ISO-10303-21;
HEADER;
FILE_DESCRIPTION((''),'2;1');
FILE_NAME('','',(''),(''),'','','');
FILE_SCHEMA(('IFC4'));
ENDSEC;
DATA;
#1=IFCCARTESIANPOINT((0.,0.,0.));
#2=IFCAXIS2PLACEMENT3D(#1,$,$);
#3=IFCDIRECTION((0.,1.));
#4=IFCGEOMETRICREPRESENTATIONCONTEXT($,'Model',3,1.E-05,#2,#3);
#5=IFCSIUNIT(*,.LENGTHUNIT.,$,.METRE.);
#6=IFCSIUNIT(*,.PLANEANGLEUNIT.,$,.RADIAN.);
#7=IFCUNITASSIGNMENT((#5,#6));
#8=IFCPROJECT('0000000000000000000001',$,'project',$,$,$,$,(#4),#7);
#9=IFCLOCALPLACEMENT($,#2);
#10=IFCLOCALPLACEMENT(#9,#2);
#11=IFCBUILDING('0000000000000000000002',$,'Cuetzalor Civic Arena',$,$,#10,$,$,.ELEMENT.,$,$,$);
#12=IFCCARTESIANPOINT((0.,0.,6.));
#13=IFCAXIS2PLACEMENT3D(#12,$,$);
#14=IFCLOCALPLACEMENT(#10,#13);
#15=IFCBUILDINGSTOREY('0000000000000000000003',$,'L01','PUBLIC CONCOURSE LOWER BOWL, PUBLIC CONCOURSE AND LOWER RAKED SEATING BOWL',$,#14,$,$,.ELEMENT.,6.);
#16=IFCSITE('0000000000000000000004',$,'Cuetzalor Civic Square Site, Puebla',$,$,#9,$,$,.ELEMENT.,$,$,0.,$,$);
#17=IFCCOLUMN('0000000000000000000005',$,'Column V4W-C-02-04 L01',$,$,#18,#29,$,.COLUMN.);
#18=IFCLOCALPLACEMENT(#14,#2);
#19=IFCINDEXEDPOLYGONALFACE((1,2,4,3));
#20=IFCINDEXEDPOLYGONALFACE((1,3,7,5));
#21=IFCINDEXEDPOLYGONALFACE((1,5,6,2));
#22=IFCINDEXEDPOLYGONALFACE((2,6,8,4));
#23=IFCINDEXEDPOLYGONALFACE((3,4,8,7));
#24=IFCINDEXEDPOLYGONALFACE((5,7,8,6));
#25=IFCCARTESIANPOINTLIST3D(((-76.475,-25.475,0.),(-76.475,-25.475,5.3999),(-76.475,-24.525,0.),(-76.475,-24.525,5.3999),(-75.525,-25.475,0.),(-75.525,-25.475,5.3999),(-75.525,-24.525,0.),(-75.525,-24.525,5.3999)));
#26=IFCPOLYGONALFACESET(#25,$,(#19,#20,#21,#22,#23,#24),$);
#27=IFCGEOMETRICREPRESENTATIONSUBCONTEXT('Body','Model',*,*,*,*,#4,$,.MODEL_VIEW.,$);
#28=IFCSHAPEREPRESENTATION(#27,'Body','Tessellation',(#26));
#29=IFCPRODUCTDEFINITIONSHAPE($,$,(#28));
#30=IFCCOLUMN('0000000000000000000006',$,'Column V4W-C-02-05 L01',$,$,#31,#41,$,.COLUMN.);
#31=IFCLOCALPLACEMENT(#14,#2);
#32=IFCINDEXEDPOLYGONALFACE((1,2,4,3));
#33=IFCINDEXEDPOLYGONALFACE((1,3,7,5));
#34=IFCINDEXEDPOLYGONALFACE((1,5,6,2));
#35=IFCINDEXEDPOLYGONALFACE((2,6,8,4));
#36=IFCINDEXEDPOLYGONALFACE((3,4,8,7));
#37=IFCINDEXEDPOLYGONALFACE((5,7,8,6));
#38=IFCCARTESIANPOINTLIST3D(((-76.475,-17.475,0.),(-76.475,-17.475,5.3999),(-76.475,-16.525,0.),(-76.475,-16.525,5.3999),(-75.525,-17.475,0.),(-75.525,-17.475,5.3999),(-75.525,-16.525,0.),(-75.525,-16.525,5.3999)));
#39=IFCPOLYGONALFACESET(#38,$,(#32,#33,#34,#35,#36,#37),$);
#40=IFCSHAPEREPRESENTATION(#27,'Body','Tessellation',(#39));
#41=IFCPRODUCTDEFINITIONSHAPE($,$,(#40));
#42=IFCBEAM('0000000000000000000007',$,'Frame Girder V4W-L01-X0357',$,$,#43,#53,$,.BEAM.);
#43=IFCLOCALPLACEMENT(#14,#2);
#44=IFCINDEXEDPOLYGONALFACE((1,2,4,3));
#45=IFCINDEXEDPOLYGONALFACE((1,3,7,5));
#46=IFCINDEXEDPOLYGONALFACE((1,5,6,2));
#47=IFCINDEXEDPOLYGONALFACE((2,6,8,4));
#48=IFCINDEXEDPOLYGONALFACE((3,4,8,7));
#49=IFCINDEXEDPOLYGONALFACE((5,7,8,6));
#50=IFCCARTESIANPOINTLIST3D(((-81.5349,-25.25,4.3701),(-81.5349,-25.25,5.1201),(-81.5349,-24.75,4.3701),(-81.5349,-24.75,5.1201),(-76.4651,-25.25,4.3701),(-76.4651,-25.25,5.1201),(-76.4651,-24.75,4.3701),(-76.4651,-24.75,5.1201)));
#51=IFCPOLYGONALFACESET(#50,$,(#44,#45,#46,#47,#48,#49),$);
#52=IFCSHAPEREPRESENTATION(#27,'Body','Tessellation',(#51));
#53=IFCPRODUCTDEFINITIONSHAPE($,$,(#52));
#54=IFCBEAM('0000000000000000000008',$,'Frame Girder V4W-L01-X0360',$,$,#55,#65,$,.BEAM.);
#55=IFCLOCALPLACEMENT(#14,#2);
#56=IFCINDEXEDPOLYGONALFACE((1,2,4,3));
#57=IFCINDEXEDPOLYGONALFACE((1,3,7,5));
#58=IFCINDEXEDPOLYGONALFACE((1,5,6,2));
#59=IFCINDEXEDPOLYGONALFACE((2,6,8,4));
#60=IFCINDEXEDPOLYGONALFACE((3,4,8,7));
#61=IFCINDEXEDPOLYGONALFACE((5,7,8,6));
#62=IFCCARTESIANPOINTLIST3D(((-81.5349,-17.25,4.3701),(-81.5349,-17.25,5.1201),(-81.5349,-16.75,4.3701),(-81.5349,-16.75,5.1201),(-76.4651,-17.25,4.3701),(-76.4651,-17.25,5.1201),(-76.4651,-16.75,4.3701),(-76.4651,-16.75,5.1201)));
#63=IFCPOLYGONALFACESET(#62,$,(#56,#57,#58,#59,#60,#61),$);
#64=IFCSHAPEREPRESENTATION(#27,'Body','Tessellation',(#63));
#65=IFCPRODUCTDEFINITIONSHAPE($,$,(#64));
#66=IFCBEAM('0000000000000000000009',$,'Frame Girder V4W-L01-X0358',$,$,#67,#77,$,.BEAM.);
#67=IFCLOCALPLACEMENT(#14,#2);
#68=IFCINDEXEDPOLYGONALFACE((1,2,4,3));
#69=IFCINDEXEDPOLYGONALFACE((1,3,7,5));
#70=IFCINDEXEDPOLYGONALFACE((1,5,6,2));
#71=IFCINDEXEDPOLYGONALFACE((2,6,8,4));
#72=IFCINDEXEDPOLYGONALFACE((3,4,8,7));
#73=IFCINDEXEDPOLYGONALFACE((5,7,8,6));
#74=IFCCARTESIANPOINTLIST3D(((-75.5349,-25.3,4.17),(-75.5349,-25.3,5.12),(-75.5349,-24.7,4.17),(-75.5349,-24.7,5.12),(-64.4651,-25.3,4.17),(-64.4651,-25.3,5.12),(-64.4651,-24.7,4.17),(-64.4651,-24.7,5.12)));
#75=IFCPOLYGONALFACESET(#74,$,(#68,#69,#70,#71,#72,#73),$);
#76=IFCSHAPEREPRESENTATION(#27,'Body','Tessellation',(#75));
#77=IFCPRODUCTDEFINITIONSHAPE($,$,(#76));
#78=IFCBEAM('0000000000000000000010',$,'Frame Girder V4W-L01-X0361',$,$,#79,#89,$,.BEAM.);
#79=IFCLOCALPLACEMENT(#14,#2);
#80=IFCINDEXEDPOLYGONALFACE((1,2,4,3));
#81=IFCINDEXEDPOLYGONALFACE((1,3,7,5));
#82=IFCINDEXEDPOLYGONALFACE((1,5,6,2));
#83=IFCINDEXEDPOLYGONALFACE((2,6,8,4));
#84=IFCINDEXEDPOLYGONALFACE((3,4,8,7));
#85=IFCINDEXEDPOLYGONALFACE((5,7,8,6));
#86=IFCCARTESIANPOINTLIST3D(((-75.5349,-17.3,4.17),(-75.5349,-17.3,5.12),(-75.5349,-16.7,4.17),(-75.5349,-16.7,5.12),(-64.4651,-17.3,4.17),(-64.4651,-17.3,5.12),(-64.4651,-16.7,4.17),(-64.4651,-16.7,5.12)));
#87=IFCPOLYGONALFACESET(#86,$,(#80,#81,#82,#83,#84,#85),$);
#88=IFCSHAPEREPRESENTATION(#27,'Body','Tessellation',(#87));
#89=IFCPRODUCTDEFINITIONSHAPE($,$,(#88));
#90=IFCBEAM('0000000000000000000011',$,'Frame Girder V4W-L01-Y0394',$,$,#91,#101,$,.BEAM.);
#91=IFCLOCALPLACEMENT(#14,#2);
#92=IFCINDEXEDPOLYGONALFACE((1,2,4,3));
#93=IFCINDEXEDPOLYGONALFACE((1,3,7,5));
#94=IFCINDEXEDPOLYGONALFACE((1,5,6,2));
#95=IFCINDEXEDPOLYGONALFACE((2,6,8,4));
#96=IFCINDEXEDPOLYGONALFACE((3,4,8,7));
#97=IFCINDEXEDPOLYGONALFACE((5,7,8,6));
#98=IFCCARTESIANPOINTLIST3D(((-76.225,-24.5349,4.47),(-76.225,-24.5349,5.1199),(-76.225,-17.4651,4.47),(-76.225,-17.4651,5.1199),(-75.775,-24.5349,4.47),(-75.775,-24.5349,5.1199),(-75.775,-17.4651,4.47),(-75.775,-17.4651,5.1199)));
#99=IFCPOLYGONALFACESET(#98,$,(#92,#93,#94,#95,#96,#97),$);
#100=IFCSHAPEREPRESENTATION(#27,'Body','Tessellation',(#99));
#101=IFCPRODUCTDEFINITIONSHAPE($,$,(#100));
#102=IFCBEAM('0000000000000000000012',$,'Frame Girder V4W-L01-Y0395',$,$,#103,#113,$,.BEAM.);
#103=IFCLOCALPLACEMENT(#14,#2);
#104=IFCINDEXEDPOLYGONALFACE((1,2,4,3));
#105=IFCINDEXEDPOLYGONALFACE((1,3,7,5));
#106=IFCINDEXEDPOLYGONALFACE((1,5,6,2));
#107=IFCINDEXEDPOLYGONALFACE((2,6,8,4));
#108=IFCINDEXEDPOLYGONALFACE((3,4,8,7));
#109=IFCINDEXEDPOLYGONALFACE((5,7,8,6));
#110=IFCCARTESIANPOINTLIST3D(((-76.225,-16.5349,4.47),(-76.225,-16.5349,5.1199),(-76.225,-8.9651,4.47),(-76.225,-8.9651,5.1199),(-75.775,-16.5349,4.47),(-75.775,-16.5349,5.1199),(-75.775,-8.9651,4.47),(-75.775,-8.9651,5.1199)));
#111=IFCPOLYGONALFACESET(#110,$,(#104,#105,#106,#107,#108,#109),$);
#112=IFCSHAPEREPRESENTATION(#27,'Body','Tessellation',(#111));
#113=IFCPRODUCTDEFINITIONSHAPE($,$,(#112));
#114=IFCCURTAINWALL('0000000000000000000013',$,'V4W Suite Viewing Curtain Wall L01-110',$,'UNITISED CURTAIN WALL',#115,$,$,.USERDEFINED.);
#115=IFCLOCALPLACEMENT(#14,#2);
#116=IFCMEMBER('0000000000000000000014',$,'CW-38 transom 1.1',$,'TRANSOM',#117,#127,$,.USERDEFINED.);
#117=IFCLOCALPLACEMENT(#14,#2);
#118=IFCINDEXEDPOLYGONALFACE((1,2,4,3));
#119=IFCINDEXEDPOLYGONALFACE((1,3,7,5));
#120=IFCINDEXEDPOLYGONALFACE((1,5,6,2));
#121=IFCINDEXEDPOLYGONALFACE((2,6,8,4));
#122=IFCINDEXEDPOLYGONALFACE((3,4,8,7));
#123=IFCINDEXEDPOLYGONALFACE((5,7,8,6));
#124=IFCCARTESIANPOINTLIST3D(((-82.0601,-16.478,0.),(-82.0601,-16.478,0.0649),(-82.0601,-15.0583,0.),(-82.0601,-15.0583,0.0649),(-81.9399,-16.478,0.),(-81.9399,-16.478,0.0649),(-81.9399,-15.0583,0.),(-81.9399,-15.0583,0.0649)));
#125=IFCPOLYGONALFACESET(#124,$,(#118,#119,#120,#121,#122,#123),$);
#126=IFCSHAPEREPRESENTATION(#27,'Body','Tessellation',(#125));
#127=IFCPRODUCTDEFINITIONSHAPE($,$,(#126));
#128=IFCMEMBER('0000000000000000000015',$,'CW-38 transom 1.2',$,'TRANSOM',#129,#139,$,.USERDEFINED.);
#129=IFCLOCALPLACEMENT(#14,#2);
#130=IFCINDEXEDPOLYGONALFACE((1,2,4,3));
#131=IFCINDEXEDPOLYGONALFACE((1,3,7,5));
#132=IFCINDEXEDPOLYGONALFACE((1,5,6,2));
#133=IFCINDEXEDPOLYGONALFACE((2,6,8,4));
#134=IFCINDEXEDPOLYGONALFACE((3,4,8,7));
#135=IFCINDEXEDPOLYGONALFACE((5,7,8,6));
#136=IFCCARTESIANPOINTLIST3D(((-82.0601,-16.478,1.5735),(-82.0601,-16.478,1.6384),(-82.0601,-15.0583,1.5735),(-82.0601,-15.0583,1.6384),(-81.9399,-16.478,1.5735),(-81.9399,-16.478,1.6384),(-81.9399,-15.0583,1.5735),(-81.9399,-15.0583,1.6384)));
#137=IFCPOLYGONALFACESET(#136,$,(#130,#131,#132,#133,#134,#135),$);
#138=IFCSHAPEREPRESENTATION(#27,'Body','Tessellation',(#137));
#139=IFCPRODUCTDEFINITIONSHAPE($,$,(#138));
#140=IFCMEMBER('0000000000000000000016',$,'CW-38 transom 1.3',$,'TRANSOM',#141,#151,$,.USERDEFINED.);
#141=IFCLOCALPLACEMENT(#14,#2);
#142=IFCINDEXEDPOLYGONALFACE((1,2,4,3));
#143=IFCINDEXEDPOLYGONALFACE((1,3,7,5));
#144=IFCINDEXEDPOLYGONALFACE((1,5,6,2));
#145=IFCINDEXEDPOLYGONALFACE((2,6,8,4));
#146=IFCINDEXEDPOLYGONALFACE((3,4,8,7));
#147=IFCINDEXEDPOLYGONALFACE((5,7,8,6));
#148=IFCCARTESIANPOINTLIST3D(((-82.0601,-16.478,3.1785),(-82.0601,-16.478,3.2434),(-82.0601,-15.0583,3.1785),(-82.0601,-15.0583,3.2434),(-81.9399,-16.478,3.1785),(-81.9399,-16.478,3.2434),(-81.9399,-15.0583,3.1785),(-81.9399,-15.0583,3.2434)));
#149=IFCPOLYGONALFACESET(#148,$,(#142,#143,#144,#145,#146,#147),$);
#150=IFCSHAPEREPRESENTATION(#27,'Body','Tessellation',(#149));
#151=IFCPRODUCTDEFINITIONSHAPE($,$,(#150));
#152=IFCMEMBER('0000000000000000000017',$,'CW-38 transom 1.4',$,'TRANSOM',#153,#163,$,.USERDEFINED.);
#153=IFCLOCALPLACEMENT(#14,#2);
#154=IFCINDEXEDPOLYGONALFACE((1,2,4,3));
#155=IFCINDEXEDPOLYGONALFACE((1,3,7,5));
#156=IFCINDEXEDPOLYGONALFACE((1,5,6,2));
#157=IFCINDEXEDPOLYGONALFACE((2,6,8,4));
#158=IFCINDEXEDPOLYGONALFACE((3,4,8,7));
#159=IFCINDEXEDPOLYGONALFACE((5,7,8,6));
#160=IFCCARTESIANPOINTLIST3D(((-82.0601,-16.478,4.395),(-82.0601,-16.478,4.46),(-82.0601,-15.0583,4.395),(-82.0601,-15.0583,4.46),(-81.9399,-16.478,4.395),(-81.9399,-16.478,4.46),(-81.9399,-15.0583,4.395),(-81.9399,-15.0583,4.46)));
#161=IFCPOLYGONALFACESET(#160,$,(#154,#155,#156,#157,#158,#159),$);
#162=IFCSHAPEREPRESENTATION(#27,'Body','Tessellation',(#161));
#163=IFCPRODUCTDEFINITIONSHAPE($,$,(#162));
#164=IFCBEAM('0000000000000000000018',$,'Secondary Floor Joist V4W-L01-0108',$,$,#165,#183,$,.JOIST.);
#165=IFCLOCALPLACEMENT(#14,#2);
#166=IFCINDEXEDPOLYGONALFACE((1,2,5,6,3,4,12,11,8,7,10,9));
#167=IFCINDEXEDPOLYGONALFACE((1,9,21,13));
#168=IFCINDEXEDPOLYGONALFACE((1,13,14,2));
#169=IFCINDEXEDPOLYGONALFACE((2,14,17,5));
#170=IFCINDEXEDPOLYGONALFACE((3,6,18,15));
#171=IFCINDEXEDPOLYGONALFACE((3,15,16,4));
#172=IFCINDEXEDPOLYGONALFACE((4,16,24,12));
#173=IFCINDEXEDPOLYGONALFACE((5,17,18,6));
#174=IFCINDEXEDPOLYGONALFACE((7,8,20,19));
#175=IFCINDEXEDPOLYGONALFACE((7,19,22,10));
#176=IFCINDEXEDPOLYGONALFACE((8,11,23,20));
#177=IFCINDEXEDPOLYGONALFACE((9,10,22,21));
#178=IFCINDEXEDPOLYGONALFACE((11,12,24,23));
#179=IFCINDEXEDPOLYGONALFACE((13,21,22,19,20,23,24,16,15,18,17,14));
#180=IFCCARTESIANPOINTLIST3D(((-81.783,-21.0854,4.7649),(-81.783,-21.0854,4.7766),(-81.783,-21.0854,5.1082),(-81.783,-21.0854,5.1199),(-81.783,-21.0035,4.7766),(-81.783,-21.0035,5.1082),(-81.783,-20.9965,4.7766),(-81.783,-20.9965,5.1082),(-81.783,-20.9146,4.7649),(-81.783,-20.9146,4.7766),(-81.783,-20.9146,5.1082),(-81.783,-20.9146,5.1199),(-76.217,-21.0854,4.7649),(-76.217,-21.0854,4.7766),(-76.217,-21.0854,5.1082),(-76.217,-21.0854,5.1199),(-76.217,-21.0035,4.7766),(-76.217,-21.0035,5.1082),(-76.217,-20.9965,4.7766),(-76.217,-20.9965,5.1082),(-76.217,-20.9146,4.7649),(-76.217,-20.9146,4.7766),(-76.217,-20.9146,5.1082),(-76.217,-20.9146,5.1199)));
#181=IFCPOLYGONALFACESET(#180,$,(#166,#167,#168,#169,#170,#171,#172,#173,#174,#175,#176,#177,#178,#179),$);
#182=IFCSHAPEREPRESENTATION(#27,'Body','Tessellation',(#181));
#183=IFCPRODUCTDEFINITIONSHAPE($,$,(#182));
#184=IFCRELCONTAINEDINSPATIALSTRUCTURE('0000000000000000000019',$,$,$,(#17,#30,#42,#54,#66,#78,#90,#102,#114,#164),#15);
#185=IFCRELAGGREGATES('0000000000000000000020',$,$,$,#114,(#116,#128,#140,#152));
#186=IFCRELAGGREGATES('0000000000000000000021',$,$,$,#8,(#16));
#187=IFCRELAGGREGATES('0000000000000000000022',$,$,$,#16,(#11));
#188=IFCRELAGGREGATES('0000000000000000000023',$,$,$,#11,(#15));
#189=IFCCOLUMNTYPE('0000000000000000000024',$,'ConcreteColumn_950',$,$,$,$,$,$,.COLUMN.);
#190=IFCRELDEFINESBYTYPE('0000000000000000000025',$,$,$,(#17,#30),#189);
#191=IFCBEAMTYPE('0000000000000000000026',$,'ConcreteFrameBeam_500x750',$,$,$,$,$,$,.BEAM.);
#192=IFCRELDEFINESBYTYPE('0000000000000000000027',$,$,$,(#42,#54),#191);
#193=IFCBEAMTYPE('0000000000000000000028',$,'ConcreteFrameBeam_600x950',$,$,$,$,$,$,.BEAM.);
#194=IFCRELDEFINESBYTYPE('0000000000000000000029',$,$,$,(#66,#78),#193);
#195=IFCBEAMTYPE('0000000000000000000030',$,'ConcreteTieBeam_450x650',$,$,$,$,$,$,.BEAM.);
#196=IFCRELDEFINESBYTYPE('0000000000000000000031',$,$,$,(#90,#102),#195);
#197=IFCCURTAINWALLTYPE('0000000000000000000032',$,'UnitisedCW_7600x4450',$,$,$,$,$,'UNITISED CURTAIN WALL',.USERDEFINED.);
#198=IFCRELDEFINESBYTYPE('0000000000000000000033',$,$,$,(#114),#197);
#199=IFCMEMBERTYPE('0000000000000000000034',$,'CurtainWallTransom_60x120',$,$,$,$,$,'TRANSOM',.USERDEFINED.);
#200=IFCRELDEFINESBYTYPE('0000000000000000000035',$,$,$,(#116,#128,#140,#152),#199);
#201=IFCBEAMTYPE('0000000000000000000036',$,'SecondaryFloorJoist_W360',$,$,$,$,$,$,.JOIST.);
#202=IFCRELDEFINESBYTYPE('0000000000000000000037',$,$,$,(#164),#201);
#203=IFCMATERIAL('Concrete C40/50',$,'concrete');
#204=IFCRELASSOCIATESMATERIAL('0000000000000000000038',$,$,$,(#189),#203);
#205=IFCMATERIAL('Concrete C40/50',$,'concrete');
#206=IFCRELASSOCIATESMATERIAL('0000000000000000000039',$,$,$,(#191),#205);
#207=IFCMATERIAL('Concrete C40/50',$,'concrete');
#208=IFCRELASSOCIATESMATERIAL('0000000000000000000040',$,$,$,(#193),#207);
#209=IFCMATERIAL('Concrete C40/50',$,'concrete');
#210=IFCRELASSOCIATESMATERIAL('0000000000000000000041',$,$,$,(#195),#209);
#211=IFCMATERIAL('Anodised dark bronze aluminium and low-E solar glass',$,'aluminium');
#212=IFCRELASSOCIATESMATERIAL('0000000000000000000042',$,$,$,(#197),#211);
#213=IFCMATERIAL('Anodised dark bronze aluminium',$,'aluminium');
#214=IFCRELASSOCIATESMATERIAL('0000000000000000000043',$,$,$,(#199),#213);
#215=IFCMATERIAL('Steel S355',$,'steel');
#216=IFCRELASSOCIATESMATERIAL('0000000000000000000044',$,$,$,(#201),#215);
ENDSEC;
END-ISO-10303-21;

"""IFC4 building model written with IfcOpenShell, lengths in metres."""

from ifc_helpers import new_model, si_unit, direction, frame, origin, origin_2d, place, context, subcontext, project, spatial, rectangle, i_section, extrude, material, material_profile, profile_set, type_object, element, aggregate, save


model = new_model("IFC4")

# Units and contexts
model_context = context("Model", 3, precision=1e-05, world=origin(), true_north=direction((0.0, 1.0)))
body_context = subcontext(model_context, "Body", "Model", "MODEL_VIEW")
ifc_project = project(units=[si_unit("LENGTHUNIT", "METRE"), si_unit("PLANEANGLEUNIT", "RADIAN")], contexts=[model_context])

# Site, building, storey
site_placement = place(None, origin())
site = spatial("IfcSite", under=ifc_project, at=site_placement, Name="Cuetzalor Civic Square Site, Puebla", CompositionType="ELEMENT", RefElevation=0.0)
building_placement = place(site_placement, origin())
building = spatial("IfcBuilding", under=site, at=building_placement, Name="Cuetzalor Civic Arena", CompositionType="ELEMENT")
storey_placement = place(building_placement, frame((0.0, 0.0, 6.0)))
storey = spatial("IfcBuildingStorey", under=building, at=storey_placement, Name="L01", Description="PUBLIC CONCOURSE LOWER BOWL, PUBLIC CONCOURSE AND LOWER RAKED SEATING BOWL", CompositionType="ELEMENT", Elevation=6.0)

# Columns
ifc_material_1 = material(Name="Concrete C40/50", Category="concrete")
ifc_material_profile_1 = material_profile(ifc_material_1, rectangle(XDim=0.95, YDim=0.95, at=origin_2d()), Name="RC 950x950")
ifc_profile_set_1 = profile_set([ifc_material_profile_1], Name="Concrete C40/50")
column_type = type_object("IfcColumnType", Name="ConcreteColumn_950", PredefinedType="COLUMN", material=ifc_profile_set_1)
for number, where, z_axis, x_axis, name in (
    (1, (-76.0, -25.0, 0.0), (0.0, 0.0, 1.0), (1.0, 0.0, 0.0), "Column V4W-C-02-04 L01"),
    (2, (-76.0, -17.0, 0.0), (0.0, 0.0, 1.0), (1.0, 0.0, 0.0), "Column V4W-C-02-05 L01"),
):
    element("IfcColumn", number, at=place(storey_placement, frame(where, z_axis=z_axis, x_axis=x_axis)), inside=storey, type_object=column_type, Name=name, PredefinedType="COLUMN", context=body_context, shape_type="SweptSolid", body=[
        extrude(rectangle(XDim=0.95, YDim=0.95, at=origin_2d()), origin(), (0.0, 0.0, 1.0), 5.3999),
    ])

# Beams
ifc_material_2 = material(Name="Concrete C40/50", Category="concrete")
ifc_material_profile_2 = material_profile(ifc_material_2, rectangle(XDim=0.5, YDim=0.75, at=origin_2d()), Name="RC 500x750")
ifc_profile_set_2 = profile_set([ifc_material_profile_2], Name="Concrete C40/50")
beam_type_1 = type_object("IfcBeamType", Name="ConcreteFrameBeam_500x750", PredefinedType="BEAM", material=ifc_profile_set_2)
for number, where, z_axis, x_axis, name in (
    (3, (-81.5349, -25.0, 4.7451), (1.0, 0.0, 0.0), (0.0, 1.0, 0.0), "Frame Girder V4W-L01-X0357"),
    (4, (-81.5349, -17.0, 4.7451), (1.0, 0.0, 0.0), (0.0, 1.0, 0.0), "Frame Girder V4W-L01-X0360"),
):
    element("IfcBeam", number, at=place(storey_placement, frame(where, z_axis=z_axis, x_axis=x_axis)), inside=storey, type_object=beam_type_1, Name=name, PredefinedType="BEAM", context=body_context, shape_type="SweptSolid", body=[
        extrude(rectangle(XDim=0.5, YDim=0.75, at=origin_2d()), origin(), (0.0, 0.0, 1.0), 5.0698),
    ])
ifc_material_3 = material(Name="Concrete C40/50", Category="concrete")
ifc_material_profile_3 = material_profile(ifc_material_3, rectangle(XDim=0.6001, YDim=0.95, at=origin_2d()), Name="RC 600x950")
ifc_profile_set_3 = profile_set([ifc_material_profile_3], Name="Concrete C40/50")
beam_type_2 = type_object("IfcBeamType", Name="ConcreteFrameBeam_600x950", PredefinedType="BEAM", material=ifc_profile_set_3)
for number, where, z_axis, x_axis, name in (
    (5, (-75.5349, -25.0, 4.645), (1.0, 0.0, 0.0), (0.0, 1.0, 0.0), "Frame Girder V4W-L01-X0358"),
    (6, (-75.5349, -17.0, 4.645), (1.0, 0.0, 0.0), (0.0, 1.0, 0.0), "Frame Girder V4W-L01-X0361"),
):
    element("IfcBeam", number, at=place(storey_placement, frame(where, z_axis=z_axis, x_axis=x_axis)), inside=storey, type_object=beam_type_2, Name=name, PredefinedType="BEAM", context=body_context, shape_type="SweptSolid", body=[
        extrude(rectangle(XDim=0.6001, YDim=0.95, at=origin_2d()), origin(), (0.0, 0.0, 1.0), 11.0698),
    ])
ifc_material_4 = material(Name="Concrete C40/50", Category="concrete")
ifc_material_profile_4 = material_profile(ifc_material_4, rectangle(XDim=0.45, YDim=0.6499, at=origin_2d()), Name="RC 450x650")
ifc_profile_set_4 = profile_set([ifc_material_profile_4], Name="Concrete C40/50")
beam_type_3 = type_object("IfcBeamType", Name="ConcreteTieBeam_450x650", PredefinedType="BEAM", material=ifc_profile_set_4)
beam_1_placement = place(storey_placement, frame((-76.0, -24.5349, 4.7949), z_axis=(0.0, 1.0, 0.0), x_axis=(-1.0, 0.0, 0.0)))
element("IfcBeam", 7, at=beam_1_placement, inside=storey, type_object=beam_type_3, Name="Frame Girder V4W-L01-Y0394", PredefinedType="BEAM", context=body_context, shape_type="SweptSolid", body=[
    extrude(rectangle(XDim=0.45, YDim=0.6499, at=origin_2d()), origin(), (0.0, 0.0, 1.0), 7.0698),
])
beam_2_placement = place(storey_placement, frame((-76.0, -16.5349, 4.7949), z_axis=(0.0, 1.0, 0.0), x_axis=(-1.0, 0.0, 0.0)))
element("IfcBeam", 8, at=beam_2_placement, inside=storey, type_object=beam_type_3, Name="Frame Girder V4W-L01-Y0395", PredefinedType="BEAM", context=body_context, shape_type="SweptSolid", body=[
    extrude(rectangle(XDim=0.45, YDim=0.6499, at=origin_2d()), origin(), (0.0, 0.0, 1.0), 7.5698),
])

# Curtain wall, members
ifc_material_5 = material(Name="Anodised dark bronze aluminium and low-E solar glass", Category="aluminium")
curtain_wall_type = type_object("IfcCurtainWallType", Name="UnitisedCW_7600x4450", ElementType="UNITISED CURTAIN WALL", PredefinedType="USERDEFINED", material=ifc_material_5)
curtain_wall_placement = place(storey_placement, origin())
curtain_wall = element("IfcCurtainWall", 9, at=curtain_wall_placement, inside=storey, type_object=curtain_wall_type, Name="V4W Suite Viewing Curtain Wall L01-110", ObjectType="UNITISED CURTAIN WALL", PredefinedType="USERDEFINED")
ifc_material_6 = material(Name="Anodised dark bronze aluminium", Category="aluminium")
ifc_material_profile_5 = material_profile(ifc_material_6, rectangle(XDim=0.1201, YDim=0.0649, at=origin_2d()), Name="ALU TRANSOM 65x120")
ifc_profile_set_5 = profile_set([ifc_material_profile_5], Name="Anodised dark bronze aluminium")
member_type = type_object("IfcMemberType", Name="CurtainWallTransom_60x120", ElementType="TRANSOM", PredefinedType="USERDEFINED", material=ifc_profile_set_5)
member_1_placement = place(storey_placement, frame((-82.0, -16.478, 0.0325), z_axis=(0.0, 1.0, 0.0), x_axis=(-1.0, 0.0, 0.0)))
member_1 = element("IfcMember", 10, at=member_1_placement, type_object=member_type, Name="CW-38 transom 1.1", ObjectType="TRANSOM", PredefinedType="USERDEFINED", context=body_context, shape_type="SweptSolid", body=[
    extrude(rectangle(XDim=0.1201, YDim=0.0649, at=origin_2d()), origin(), (0.0, 0.0, 1.0), 1.4197),
])
member_2_placement = place(storey_placement, frame((-82.0, -16.478, 1.606), z_axis=(0.0, 1.0, 0.0), x_axis=(-1.0, 0.0, 0.0)))
member_2 = element("IfcMember", 11, at=member_2_placement, type_object=member_type, Name="CW-38 transom 1.2", ObjectType="TRANSOM", PredefinedType="USERDEFINED", context=body_context, shape_type="SweptSolid", body=[
    extrude(rectangle(XDim=0.1201, YDim=0.0649, at=origin_2d()), origin(), (0.0, 0.0, 1.0), 1.4197),
])
member_3_placement = place(storey_placement, frame((-82.0, -16.478, 3.2109), z_axis=(0.0, 1.0, 0.0), x_axis=(-1.0, 0.0, 0.0)))
member_3 = element("IfcMember", 12, at=member_3_placement, type_object=member_type, Name="CW-38 transom 1.3", ObjectType="TRANSOM", PredefinedType="USERDEFINED", context=body_context, shape_type="SweptSolid", body=[
    extrude(rectangle(XDim=0.1201, YDim=0.0649, at=origin_2d()), origin(), (0.0, 0.0, 1.0), 1.4197),
])
member_4_placement = place(storey_placement, frame((-82.0, -16.478, 4.4275), z_axis=(0.0, 1.0, 0.0), x_axis=(-1.0, 0.0, 0.0)))
member_4 = element("IfcMember", 13, at=member_4_placement, type_object=member_type, Name="CW-38 transom 1.4", ObjectType="TRANSOM", PredefinedType="USERDEFINED", context=body_context, shape_type="SweptSolid", body=[
    extrude(rectangle(XDim=0.1201, YDim=0.0649, at=origin_2d()), origin(), (0.0, 0.0, 1.0), 1.4197),
])

# Beam
ifc_material_7 = material(Name="Steel S355", Category="steel")
ifc_material_profile_6 = material_profile(ifc_material_7, i_section(OverallWidth=0.1709, OverallDepth=0.355, WebThickness=0.0071, FlangeThickness=0.0117, at=origin_2d()), Name="W360x51")
ifc_profile_set_6 = profile_set([ifc_material_profile_6], Name="Steel S355")
beam_type_4 = type_object("IfcBeamType", Name="SecondaryFloorJoist_W360", PredefinedType="JOIST", material=ifc_profile_set_6)
beam_3_placement = place(storey_placement, frame((-81.783, -21.0, 4.9424), z_axis=(1.0, 0.0, 0.0), x_axis=(0.0, 1.0, 0.0)))
element("IfcBeam", 14, at=beam_3_placement, inside=storey, type_object=beam_type_4, Name="Secondary Floor Joist V4W-L01-0108", PredefinedType="JOIST", context=body_context, shape_type="SweptSolid", body=[
    extrude(i_section(OverallWidth=0.1709, OverallDepth=0.355, WebThickness=0.0071, FlangeThickness=0.0117, at=origin_2d()), origin(), (0.0, 0.0, 1.0), 5.5659),
])

aggregate(curtain_wall, [member_1, member_2, member_3, member_4])

save(model, "model.ifc")
